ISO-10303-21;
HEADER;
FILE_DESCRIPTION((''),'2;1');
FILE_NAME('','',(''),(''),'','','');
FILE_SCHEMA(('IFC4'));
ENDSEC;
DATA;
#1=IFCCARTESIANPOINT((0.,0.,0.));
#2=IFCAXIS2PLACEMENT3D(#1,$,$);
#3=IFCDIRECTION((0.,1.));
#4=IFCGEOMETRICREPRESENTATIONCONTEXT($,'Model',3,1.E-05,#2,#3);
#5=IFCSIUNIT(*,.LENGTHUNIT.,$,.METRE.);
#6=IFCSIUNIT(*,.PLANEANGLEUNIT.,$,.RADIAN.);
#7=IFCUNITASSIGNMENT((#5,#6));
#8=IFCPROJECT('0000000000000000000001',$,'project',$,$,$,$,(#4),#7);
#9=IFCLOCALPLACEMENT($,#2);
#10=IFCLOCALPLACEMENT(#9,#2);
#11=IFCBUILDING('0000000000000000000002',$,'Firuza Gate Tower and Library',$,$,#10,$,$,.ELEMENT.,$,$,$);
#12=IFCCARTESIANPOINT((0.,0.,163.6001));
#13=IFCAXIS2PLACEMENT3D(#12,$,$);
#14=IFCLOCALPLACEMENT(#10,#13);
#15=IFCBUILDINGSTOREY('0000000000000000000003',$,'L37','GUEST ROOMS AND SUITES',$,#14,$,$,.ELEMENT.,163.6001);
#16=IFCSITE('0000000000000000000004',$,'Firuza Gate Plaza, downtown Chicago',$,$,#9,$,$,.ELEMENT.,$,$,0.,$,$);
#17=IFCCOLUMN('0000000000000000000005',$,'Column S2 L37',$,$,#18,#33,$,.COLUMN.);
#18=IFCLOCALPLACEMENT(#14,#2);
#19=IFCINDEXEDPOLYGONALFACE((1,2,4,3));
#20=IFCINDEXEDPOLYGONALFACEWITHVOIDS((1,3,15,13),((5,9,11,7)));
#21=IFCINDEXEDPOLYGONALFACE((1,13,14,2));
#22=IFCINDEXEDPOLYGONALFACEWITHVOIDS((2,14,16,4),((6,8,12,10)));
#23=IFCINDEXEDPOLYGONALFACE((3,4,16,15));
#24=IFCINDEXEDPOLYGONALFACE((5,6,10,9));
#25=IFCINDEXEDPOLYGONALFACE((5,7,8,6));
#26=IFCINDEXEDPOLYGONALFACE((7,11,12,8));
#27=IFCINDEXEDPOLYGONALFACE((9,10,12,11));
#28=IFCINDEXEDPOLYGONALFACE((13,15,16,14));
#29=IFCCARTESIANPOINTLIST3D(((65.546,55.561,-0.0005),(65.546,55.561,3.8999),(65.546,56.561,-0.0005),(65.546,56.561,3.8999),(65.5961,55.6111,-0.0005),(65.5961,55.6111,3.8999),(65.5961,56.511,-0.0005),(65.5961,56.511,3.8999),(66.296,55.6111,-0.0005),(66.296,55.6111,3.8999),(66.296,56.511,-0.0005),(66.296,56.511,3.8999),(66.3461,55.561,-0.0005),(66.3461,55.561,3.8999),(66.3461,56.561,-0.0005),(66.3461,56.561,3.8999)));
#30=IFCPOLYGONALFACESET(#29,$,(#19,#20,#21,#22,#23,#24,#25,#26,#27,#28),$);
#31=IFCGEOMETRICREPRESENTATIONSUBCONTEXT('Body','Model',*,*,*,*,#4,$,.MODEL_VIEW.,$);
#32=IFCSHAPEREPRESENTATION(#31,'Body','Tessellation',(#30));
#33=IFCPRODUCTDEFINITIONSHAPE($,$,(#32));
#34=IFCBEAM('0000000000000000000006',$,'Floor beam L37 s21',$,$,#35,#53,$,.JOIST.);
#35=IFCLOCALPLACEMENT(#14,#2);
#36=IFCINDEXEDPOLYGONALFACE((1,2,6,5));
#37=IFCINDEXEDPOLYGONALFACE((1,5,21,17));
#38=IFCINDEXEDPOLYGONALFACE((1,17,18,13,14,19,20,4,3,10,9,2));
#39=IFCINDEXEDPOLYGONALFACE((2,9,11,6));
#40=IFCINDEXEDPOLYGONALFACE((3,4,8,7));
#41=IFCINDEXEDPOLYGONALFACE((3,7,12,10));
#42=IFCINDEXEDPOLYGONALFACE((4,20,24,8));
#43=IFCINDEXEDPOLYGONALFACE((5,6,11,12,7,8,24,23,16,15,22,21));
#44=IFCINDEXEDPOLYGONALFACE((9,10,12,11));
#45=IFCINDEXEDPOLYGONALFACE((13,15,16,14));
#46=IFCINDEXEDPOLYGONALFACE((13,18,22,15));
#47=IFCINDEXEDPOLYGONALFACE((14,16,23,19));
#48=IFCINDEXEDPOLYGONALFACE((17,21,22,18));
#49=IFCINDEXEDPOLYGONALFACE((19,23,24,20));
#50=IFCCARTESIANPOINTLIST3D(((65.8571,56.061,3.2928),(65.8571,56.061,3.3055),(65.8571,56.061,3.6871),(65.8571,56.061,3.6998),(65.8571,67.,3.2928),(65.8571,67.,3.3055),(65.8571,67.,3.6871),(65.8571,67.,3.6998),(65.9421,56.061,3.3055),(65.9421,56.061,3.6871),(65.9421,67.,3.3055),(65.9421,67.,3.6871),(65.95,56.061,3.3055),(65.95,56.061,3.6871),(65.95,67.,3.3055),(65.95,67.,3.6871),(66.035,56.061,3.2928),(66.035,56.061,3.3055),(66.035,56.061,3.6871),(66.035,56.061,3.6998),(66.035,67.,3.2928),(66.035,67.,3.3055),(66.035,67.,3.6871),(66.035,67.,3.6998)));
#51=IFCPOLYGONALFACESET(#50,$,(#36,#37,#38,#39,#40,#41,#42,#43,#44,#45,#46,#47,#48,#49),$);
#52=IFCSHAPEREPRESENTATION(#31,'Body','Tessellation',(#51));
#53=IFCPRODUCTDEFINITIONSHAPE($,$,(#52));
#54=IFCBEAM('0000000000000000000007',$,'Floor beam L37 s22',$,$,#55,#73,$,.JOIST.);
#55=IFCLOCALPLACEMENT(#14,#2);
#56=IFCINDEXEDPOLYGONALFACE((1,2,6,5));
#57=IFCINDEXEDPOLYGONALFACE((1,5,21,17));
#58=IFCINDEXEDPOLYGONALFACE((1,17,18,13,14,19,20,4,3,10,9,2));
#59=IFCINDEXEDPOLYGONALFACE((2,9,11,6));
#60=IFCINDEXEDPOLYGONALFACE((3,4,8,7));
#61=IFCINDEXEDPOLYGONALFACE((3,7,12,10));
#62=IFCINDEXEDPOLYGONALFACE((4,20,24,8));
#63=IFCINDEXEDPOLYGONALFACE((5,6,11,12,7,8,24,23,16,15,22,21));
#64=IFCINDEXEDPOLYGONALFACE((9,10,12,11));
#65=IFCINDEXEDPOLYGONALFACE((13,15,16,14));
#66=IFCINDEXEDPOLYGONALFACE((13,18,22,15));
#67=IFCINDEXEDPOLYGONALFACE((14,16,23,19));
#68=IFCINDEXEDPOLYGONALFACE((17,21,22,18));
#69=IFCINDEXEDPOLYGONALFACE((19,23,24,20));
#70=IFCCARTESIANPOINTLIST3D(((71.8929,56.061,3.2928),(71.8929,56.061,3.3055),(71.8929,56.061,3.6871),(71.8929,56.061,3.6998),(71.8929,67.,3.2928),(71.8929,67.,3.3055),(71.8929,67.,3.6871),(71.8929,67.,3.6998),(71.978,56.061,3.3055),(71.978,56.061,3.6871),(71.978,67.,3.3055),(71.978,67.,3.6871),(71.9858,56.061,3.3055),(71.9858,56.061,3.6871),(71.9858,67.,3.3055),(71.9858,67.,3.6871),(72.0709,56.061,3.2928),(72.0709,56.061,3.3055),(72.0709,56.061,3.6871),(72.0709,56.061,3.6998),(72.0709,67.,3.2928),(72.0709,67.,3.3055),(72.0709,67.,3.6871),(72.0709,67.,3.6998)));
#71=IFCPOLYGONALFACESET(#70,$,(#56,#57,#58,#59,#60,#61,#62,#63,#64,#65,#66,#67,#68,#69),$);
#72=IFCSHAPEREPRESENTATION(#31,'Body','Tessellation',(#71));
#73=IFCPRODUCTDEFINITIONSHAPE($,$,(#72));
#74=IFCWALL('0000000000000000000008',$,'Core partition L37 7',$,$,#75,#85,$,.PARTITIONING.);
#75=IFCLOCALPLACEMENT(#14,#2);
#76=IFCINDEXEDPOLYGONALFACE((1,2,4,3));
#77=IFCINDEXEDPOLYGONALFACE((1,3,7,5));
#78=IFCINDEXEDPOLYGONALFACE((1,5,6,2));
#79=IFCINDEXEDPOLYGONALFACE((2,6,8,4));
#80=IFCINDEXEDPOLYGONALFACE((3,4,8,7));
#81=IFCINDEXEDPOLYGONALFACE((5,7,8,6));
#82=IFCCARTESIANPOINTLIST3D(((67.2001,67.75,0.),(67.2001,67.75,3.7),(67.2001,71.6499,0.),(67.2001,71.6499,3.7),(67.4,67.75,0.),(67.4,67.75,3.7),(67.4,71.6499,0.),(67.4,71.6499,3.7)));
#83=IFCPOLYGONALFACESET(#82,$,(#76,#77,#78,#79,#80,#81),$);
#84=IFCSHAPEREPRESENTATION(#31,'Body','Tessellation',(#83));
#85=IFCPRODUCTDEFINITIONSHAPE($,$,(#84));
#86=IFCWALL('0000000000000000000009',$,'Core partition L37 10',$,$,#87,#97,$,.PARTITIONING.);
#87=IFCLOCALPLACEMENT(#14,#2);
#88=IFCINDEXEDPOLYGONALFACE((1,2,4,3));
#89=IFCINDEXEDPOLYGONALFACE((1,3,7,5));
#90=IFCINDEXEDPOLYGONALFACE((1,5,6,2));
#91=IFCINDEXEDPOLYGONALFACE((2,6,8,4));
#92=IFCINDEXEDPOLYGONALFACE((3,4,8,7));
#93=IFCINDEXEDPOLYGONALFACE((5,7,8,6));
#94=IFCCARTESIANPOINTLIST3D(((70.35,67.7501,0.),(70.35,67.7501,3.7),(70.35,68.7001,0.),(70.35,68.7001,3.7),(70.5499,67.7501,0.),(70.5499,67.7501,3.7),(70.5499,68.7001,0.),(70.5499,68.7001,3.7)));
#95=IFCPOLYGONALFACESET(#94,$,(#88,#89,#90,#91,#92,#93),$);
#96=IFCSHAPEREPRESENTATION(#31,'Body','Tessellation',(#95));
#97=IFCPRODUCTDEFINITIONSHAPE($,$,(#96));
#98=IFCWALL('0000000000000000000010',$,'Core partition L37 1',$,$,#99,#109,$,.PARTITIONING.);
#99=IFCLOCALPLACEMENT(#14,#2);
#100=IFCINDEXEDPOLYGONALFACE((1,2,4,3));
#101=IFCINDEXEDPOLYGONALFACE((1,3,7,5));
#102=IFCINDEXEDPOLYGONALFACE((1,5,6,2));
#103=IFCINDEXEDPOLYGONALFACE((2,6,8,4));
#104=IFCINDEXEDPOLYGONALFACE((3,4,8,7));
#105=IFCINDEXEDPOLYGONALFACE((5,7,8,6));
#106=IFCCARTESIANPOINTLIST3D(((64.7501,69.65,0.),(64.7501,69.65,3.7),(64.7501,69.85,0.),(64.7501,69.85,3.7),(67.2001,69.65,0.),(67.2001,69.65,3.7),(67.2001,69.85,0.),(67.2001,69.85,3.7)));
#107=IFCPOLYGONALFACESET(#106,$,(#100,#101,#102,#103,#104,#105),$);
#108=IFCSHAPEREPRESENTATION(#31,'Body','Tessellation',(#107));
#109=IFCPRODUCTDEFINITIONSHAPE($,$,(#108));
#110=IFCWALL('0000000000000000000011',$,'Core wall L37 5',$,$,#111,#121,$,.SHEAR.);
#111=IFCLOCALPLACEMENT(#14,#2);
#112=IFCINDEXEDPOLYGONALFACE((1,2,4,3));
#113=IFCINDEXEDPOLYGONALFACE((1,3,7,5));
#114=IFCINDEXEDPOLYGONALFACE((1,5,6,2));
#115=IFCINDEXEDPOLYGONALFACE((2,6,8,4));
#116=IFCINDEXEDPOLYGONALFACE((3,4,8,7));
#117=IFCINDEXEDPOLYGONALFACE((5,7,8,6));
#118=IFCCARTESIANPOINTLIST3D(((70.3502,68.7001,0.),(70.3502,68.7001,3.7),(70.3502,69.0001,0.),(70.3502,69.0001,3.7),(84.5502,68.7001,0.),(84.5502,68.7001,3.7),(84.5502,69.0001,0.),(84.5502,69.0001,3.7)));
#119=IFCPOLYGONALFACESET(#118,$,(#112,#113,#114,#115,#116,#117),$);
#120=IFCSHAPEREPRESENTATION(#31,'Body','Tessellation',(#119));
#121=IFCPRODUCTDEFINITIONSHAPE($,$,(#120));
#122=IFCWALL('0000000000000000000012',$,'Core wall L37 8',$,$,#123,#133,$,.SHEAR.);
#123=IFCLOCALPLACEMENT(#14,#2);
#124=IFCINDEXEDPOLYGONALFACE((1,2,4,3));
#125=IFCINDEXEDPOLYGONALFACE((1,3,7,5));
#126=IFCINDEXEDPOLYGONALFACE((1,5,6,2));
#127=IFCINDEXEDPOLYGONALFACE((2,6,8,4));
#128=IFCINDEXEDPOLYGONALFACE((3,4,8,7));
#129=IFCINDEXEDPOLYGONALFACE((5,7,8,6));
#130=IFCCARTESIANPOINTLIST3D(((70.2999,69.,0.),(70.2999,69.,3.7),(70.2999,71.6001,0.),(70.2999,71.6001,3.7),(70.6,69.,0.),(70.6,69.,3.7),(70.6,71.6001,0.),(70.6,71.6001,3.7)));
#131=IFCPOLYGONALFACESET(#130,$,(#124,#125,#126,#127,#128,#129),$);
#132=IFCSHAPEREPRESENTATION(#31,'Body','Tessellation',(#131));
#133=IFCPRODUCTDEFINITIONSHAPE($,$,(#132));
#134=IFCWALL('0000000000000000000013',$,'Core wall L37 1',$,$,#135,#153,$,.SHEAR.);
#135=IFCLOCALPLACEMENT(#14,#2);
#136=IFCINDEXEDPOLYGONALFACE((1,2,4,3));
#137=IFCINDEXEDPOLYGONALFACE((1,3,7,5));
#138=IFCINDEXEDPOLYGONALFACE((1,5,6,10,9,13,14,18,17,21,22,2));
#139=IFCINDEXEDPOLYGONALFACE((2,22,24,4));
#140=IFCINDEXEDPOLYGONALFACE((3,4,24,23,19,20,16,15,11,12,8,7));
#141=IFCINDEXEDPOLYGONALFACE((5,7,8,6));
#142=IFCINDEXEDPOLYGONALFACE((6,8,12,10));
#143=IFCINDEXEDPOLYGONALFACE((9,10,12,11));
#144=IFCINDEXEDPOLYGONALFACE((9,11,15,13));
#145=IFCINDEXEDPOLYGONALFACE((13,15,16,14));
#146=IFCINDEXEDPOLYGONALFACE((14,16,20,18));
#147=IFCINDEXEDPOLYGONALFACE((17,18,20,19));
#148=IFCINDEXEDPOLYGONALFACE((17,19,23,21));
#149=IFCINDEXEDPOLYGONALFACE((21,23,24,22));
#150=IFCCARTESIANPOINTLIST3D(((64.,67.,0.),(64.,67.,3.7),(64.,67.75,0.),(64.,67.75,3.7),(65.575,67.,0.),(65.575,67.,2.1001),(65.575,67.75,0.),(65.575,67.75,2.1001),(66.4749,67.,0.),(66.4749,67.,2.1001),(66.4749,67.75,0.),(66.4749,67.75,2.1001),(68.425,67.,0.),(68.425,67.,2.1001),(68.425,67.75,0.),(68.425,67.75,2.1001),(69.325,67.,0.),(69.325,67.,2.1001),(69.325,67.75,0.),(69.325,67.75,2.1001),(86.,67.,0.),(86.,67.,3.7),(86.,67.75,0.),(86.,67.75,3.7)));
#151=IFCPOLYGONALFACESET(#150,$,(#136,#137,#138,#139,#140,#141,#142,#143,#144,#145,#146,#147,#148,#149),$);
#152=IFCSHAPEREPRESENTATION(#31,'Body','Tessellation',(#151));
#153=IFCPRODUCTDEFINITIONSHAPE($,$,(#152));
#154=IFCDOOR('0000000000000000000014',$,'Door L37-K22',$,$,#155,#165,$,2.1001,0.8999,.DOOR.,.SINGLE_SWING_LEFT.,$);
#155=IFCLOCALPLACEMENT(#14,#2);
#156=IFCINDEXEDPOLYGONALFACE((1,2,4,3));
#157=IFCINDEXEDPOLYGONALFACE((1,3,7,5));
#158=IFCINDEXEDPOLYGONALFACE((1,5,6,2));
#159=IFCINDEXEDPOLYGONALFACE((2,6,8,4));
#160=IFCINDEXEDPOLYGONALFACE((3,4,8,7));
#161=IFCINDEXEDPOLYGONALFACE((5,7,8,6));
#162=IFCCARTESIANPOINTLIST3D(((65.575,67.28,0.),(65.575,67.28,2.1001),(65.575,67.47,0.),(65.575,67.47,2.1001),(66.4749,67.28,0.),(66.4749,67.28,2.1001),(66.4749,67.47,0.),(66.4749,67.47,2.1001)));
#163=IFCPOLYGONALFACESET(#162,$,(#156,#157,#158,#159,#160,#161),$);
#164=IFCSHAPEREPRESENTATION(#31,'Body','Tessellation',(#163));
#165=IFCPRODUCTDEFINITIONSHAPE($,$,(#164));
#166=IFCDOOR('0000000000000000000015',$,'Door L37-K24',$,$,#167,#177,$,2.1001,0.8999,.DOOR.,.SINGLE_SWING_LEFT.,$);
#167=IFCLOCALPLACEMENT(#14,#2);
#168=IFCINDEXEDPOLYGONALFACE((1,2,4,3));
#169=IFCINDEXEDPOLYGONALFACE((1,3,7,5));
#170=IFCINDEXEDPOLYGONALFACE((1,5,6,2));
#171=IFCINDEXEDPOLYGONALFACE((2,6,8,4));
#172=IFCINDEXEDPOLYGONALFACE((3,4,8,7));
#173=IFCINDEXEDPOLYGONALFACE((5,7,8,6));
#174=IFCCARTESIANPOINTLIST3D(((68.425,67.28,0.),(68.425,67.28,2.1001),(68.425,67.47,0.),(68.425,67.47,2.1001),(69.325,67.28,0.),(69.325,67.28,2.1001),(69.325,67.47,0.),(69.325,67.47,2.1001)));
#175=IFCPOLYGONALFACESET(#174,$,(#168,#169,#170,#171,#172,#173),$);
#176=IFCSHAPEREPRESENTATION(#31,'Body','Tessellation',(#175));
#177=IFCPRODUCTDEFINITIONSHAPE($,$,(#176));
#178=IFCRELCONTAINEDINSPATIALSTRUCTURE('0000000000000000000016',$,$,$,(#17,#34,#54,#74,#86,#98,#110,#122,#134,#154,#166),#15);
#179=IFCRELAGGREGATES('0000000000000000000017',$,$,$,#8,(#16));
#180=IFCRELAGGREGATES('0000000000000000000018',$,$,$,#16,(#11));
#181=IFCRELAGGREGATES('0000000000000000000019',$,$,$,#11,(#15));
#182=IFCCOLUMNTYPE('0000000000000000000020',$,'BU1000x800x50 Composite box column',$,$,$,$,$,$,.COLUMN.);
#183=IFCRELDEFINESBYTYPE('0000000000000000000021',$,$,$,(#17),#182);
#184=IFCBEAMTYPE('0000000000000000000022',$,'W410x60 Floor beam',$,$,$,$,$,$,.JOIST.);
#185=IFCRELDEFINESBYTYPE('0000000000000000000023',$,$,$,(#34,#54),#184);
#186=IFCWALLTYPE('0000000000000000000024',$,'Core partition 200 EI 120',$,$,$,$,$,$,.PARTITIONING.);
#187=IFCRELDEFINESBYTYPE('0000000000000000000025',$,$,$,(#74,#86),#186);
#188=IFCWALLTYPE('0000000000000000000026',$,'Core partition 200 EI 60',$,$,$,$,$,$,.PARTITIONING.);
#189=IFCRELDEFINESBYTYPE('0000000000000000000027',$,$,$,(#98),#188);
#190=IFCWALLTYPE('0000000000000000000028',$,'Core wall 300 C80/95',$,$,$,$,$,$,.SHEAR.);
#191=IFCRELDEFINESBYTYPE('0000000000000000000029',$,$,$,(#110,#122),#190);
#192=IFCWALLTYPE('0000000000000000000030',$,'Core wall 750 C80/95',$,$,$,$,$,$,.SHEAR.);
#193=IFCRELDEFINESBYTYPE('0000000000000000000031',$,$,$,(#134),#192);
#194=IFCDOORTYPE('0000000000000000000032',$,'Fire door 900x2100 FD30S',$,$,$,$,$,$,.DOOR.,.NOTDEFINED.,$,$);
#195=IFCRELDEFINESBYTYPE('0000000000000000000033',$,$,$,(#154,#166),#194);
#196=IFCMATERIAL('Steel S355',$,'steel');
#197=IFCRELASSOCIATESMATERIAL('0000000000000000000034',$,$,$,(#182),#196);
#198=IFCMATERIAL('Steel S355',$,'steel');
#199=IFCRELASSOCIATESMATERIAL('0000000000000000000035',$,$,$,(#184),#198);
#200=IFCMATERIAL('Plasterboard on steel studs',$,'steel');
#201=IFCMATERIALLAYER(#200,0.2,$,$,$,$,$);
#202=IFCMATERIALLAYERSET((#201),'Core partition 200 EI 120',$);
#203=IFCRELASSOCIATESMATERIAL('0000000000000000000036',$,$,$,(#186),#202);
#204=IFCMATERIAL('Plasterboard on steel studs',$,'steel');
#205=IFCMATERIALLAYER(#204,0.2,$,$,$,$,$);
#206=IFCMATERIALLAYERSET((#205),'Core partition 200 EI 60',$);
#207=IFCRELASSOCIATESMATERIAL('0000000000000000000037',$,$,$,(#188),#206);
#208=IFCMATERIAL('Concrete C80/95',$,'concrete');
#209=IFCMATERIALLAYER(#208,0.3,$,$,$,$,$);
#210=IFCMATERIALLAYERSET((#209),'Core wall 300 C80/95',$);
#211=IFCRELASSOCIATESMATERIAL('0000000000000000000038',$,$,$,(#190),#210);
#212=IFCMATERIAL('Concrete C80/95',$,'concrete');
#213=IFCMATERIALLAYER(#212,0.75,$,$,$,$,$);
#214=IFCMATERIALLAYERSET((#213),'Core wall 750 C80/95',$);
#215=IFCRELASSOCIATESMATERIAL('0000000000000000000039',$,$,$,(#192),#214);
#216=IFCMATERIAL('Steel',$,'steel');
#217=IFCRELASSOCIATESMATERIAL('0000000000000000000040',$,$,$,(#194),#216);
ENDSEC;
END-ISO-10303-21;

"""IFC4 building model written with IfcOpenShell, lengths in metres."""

from ifc_helpers import new_model, si_unit, direction, frame, frame_2d, origin, origin_2d, place, context, subcontext, project, spatial, rectangle, hollow_rectangle, i_section, extrude, material, layer, layer_set, material_profile, profile_set, type_object, element, fill, save


model = new_model("IFC4")

# Units and contexts
model_context = context("Model", 3, precision=1e-05, world=origin(), true_north=direction((0.0, 1.0)))
body_context = subcontext(model_context, "Body", "Model", "MODEL_VIEW")
ifc_project = project(units=[si_unit("LENGTHUNIT", "METRE"), si_unit("PLANEANGLEUNIT", "RADIAN")], contexts=[model_context])

# Site, building, storey
site_placement = place(None, origin())
site = spatial("IfcSite", under=ifc_project, at=site_placement, Name="Firuza Gate Plaza, downtown Chicago", CompositionType="ELEMENT", RefElevation=0.0)
building_placement = place(site_placement, origin())
building = spatial("IfcBuilding", under=site, at=building_placement, Name="Firuza Gate Tower and Library", CompositionType="ELEMENT")
storey_placement = place(building_placement, frame((0.0, 0.0, 163.6001)))
storey = spatial("IfcBuildingStorey", under=building, at=storey_placement, Name="L37", Description="GUEST ROOMS AND SUITES", CompositionType="ELEMENT", Elevation=163.6001)

# Column
ifc_material_1 = material(Name="Steel S355", Category="steel")
ifc_material_profile_1 = material_profile(ifc_material_1, hollow_rectangle(XDim=0.8, YDim=1.0, WallThickness=0.05, at=origin_2d()))
ifc_profile_set_1 = profile_set([ifc_material_profile_1], Name="Steel S355")
column_type = type_object("IfcColumnType", Name="BU1000x800x50 Composite box column", PredefinedType="COLUMN", material=ifc_profile_set_1)
column_placement = place(storey_placement, frame((65.946, 56.061, -0.0005), z_axis=(0.0, 0.0, 1.0), x_axis=(1.0, 0.0, 0.0)))
element("IfcColumn", 1, at=column_placement, inside=storey, type_object=column_type, Name="Column S2 L37", PredefinedType="COLUMN", context=body_context, shape_type="SweptSolid", body=[
    extrude(hollow_rectangle(XDim=0.8, YDim=1.0, WallThickness=0.05, at=origin_2d()), origin(), (0.0, 0.0, 1.0), 3.9004),
])

# Beams
ifc_material_2 = material(Name="Steel S355", Category="steel")
ifc_material_profile_2 = material_profile(ifc_material_2, i_section(OverallWidth=0.178, OverallDepth=0.407, WebThickness=0.0078, FlangeThickness=0.0127, at=origin_2d()))
ifc_profile_set_2 = profile_set([ifc_material_profile_2], Name="Steel S355")
beam_type = type_object("IfcBeamType", Name="W410x60 Floor beam", PredefinedType="JOIST", material=ifc_profile_set_2)
for number, where, z_axis, x_axis, name in (
    (2, (65.946, 56.061, 3.4963), (0.0, 1.0, 0.0), (-1.0, 0.0, 0.0), "Floor beam L37 s21"),
    (3, (71.9819, 56.061, 3.4963), (0.0, 1.0, 0.0), (-1.0, 0.0, 0.0), "Floor beam L37 s22"),
):
    element("IfcBeam", number, at=place(storey_placement, frame(where, z_axis=z_axis, x_axis=x_axis)), inside=storey, type_object=beam_type, Name=name, PredefinedType="JOIST", context=body_context, shape_type="SweptSolid", body=[
        extrude(i_section(OverallWidth=0.178, OverallDepth=0.407, WebThickness=0.0078, FlangeThickness=0.0127, at=origin_2d()), origin(), (0.0, 0.0, 1.0), 10.939),
    ])

# Walls
ifc_material_3 = material(Name="Plasterboard on steel studs", Category="steel")
ifc_layer_1 = layer(ifc_material_3, 0.2)
ifc_layer_set_1 = layer_set([ifc_layer_1], Name="Core partition 200 EI 120")
wall_type_1 = type_object("IfcWallType", Name="Core partition 200 EI 120", PredefinedType="PARTITIONING", material=ifc_layer_set_1)
wall_1_placement = place(storey_placement, frame((67.3, 67.75, 0.0), z_axis=(0.0, 0.0, 1.0), x_axis=(0.0, 1.0, 0.0)))
element("IfcWall", 4, at=wall_1_placement, inside=storey, type_object=wall_type_1, Name="Core partition L37 7", PredefinedType="PARTITIONING", context=body_context, shape_type="SweptSolid", body=[
    extrude(rectangle(XDim=3.8999, YDim=0.2, at=frame_2d((1.95, 0.0))), origin(), (0.0, 0.0, 1.0), 3.7),
])
wall_2_placement = place(storey_placement, frame((70.45, 67.75, 0.0), z_axis=(0.0, 0.0, 1.0), x_axis=(0.0, 1.0, 0.0)))
element("IfcWall", 5, at=wall_2_placement, inside=storey, type_object=wall_type_1, Name="Core partition L37 10", PredefinedType="PARTITIONING", context=body_context, shape_type="SweptSolid", body=[
    extrude(rectangle(XDim=0.95, YDim=0.2, at=frame_2d((0.4751, 0.0))), origin(), (0.0, 0.0, 1.0), 3.7),
])
ifc_material_4 = material(Name="Plasterboard on steel studs", Category="steel")
ifc_layer_2 = layer(ifc_material_4, 0.2)
ifc_layer_set_2 = layer_set([ifc_layer_2], Name="Core partition 200 EI 60")
wall_type_2 = type_object("IfcWallType", Name="Core partition 200 EI 60", PredefinedType="PARTITIONING", material=ifc_layer_set_2)
wall_3_placement = place(storey_placement, frame((64.75, 69.75, 0.0), z_axis=(0.0, 0.0, 1.0), x_axis=(1.0, 0.0, 0.0)))
element("IfcWall", 6, at=wall_3_placement, inside=storey, type_object=wall_type_2, Name="Core partition L37 1", PredefinedType="PARTITIONING", context=body_context, shape_type="SweptSolid", body=[
    extrude(rectangle(XDim=2.45, YDim=0.2, at=frame_2d((1.2251, 0.0))), origin(), (0.0, 0.0, 1.0), 3.7),
])
ifc_material_5 = material(Name="Concrete C80/95", Category="concrete")
ifc_layer_3 = layer(ifc_material_5, 0.3)
ifc_layer_set_3 = layer_set([ifc_layer_3], Name="Core wall 300 C80/95")
wall_type_3 = type_object("IfcWallType", Name="Core wall 300 C80/95", PredefinedType="SHEAR", material=ifc_layer_set_3)
wall_4_placement = place(storey_placement, frame((70.3501, 68.8501, 0.0), z_axis=(0.0, 0.0, 1.0), x_axis=(1.0, 0.0, 0.0)))
element("IfcWall", 7, at=wall_4_placement, inside=storey, type_object=wall_type_3, Name="Core wall L37 5", PredefinedType="SHEAR", context=body_context, shape_type="SweptSolid", body=[
    extrude(rectangle(XDim=14.2, YDim=0.3, at=frame_2d((7.1001, 0.0))), origin(), (0.0, 0.0, 1.0), 3.7),
])
wall_5_placement = place(storey_placement, frame((70.45, 69.0, 0.0), z_axis=(0.0, 0.0, 1.0), x_axis=(0.0, 1.0, 0.0)))
element("IfcWall", 8, at=wall_5_placement, inside=storey, type_object=wall_type_3, Name="Core wall L37 8", PredefinedType="SHEAR", context=body_context, shape_type="SweptSolid", body=[
    extrude(rectangle(XDim=2.6001, YDim=0.3, at=frame_2d((1.3, 0.0))), origin(), (0.0, 0.0, 1.0), 3.7),
])

# Wall, openings, doors
ifc_material_6 = material(Name="Concrete C80/95", Category="concrete")
ifc_layer_4 = layer(ifc_material_6, 0.75)
ifc_layer_set_4 = layer_set([ifc_layer_4], Name="Core wall 750 C80/95")
wall_type_4 = type_object("IfcWallType", Name="Core wall 750 C80/95", PredefinedType="SHEAR", material=ifc_layer_set_4)
wall_6_placement = place(storey_placement, frame((64.0, 67.375, 0.0), z_axis=(0.0, 0.0, 1.0), x_axis=(1.0, 0.0, 0.0)))
wall_6 = element("IfcWall", 9, at=wall_6_placement, inside=storey, type_object=wall_type_4, Name="Core wall L37 1", PredefinedType="SHEAR", context=body_context, shape_type="SweptSolid", body=[
    extrude(rectangle(XDim=22.0, YDim=0.75, at=frame_2d((11.0, 0.0))), origin(), (0.0, 0.0, 1.0), 3.7),
])
opening_1_placement = place(wall_6_placement, frame((1.575, 0.0, 0.0)))
opening_1 = element("IfcOpeningElement", 10, at=opening_1_placement, cuts=wall_6, PredefinedType="OPENING", context=body_context, shape_type="SweptSolid", body=[
    extrude(rectangle(XDim=0.8999, YDim=2.1001, at=frame_2d((0.45, 1.05))), frame((0.0, 0.385, 0.0), z_axis=(0.0, -1.0, 0.0), x_axis=(1.0, 0.0, 0.0)), (0.0, 0.0, 1.0), 0.77),
])
opening_2_placement = place(wall_6_placement, frame((4.425, 0.0, 0.0)))
opening_2 = element("IfcOpeningElement", 11, at=opening_2_placement, cuts=wall_6, PredefinedType="OPENING", context=body_context, shape_type="SweptSolid", body=[
    extrude(rectangle(XDim=0.8999, YDim=2.1001, at=frame_2d((0.45, 1.05))), frame((0.0, 0.385, 0.0), z_axis=(0.0, -1.0, 0.0), x_axis=(1.0, 0.0, 0.0)), (0.0, 0.0, 1.0), 0.77),
])
ifc_material_7 = material(Name="Steel", Category="steel")
door_type_1 = type_object("IfcDoorType", Name="Fire door 900x2100 FD30S", OperationType="NOTDEFINED", PredefinedType="DOOR", material=ifc_material_7)
door_1_placement = place(opening_1_placement, origin())
door_1 = element("IfcDoor", 12, at=door_1_placement, inside=storey, type_object=door_type_1, Name="Door L37-K22", OperationType="SINGLE_SWING_LEFT", OverallHeight=2.1001, OverallWidth=0.8999, PredefinedType="DOOR", context=body_context, shape_type="SweptSolid", body=[
    extrude(rectangle(XDim=0.8999, YDim=2.1001, at=frame_2d((0.45, 1.05))), frame((0.0, 0.095, 0.0), z_axis=(0.0, -1.0, 0.0), x_axis=(1.0, 0.0, 0.0)), (0.0, 0.0, 1.0), 0.1899),
])
fill(opening_1, door_1)
door_2_placement = place(opening_2_placement, origin())
door_2 = element("IfcDoor", 13, at=door_2_placement, inside=storey, type_object=door_type_1, Name="Door L37-K24", OperationType="SINGLE_SWING_LEFT", OverallHeight=2.1001, OverallWidth=0.8999, PredefinedType="DOOR", context=body_context, shape_type="SweptSolid", body=[
    extrude(rectangle(XDim=0.8999, YDim=2.1001, at=frame_2d((0.45, 1.05))), frame((0.0, 0.095, 0.0), z_axis=(0.0, -1.0, 0.0), x_axis=(1.0, 0.0, 0.0)), (0.0, 0.0, 1.0), 0.1899),
])
fill(opening_2, door_2)

save(model, "model.ifc")
